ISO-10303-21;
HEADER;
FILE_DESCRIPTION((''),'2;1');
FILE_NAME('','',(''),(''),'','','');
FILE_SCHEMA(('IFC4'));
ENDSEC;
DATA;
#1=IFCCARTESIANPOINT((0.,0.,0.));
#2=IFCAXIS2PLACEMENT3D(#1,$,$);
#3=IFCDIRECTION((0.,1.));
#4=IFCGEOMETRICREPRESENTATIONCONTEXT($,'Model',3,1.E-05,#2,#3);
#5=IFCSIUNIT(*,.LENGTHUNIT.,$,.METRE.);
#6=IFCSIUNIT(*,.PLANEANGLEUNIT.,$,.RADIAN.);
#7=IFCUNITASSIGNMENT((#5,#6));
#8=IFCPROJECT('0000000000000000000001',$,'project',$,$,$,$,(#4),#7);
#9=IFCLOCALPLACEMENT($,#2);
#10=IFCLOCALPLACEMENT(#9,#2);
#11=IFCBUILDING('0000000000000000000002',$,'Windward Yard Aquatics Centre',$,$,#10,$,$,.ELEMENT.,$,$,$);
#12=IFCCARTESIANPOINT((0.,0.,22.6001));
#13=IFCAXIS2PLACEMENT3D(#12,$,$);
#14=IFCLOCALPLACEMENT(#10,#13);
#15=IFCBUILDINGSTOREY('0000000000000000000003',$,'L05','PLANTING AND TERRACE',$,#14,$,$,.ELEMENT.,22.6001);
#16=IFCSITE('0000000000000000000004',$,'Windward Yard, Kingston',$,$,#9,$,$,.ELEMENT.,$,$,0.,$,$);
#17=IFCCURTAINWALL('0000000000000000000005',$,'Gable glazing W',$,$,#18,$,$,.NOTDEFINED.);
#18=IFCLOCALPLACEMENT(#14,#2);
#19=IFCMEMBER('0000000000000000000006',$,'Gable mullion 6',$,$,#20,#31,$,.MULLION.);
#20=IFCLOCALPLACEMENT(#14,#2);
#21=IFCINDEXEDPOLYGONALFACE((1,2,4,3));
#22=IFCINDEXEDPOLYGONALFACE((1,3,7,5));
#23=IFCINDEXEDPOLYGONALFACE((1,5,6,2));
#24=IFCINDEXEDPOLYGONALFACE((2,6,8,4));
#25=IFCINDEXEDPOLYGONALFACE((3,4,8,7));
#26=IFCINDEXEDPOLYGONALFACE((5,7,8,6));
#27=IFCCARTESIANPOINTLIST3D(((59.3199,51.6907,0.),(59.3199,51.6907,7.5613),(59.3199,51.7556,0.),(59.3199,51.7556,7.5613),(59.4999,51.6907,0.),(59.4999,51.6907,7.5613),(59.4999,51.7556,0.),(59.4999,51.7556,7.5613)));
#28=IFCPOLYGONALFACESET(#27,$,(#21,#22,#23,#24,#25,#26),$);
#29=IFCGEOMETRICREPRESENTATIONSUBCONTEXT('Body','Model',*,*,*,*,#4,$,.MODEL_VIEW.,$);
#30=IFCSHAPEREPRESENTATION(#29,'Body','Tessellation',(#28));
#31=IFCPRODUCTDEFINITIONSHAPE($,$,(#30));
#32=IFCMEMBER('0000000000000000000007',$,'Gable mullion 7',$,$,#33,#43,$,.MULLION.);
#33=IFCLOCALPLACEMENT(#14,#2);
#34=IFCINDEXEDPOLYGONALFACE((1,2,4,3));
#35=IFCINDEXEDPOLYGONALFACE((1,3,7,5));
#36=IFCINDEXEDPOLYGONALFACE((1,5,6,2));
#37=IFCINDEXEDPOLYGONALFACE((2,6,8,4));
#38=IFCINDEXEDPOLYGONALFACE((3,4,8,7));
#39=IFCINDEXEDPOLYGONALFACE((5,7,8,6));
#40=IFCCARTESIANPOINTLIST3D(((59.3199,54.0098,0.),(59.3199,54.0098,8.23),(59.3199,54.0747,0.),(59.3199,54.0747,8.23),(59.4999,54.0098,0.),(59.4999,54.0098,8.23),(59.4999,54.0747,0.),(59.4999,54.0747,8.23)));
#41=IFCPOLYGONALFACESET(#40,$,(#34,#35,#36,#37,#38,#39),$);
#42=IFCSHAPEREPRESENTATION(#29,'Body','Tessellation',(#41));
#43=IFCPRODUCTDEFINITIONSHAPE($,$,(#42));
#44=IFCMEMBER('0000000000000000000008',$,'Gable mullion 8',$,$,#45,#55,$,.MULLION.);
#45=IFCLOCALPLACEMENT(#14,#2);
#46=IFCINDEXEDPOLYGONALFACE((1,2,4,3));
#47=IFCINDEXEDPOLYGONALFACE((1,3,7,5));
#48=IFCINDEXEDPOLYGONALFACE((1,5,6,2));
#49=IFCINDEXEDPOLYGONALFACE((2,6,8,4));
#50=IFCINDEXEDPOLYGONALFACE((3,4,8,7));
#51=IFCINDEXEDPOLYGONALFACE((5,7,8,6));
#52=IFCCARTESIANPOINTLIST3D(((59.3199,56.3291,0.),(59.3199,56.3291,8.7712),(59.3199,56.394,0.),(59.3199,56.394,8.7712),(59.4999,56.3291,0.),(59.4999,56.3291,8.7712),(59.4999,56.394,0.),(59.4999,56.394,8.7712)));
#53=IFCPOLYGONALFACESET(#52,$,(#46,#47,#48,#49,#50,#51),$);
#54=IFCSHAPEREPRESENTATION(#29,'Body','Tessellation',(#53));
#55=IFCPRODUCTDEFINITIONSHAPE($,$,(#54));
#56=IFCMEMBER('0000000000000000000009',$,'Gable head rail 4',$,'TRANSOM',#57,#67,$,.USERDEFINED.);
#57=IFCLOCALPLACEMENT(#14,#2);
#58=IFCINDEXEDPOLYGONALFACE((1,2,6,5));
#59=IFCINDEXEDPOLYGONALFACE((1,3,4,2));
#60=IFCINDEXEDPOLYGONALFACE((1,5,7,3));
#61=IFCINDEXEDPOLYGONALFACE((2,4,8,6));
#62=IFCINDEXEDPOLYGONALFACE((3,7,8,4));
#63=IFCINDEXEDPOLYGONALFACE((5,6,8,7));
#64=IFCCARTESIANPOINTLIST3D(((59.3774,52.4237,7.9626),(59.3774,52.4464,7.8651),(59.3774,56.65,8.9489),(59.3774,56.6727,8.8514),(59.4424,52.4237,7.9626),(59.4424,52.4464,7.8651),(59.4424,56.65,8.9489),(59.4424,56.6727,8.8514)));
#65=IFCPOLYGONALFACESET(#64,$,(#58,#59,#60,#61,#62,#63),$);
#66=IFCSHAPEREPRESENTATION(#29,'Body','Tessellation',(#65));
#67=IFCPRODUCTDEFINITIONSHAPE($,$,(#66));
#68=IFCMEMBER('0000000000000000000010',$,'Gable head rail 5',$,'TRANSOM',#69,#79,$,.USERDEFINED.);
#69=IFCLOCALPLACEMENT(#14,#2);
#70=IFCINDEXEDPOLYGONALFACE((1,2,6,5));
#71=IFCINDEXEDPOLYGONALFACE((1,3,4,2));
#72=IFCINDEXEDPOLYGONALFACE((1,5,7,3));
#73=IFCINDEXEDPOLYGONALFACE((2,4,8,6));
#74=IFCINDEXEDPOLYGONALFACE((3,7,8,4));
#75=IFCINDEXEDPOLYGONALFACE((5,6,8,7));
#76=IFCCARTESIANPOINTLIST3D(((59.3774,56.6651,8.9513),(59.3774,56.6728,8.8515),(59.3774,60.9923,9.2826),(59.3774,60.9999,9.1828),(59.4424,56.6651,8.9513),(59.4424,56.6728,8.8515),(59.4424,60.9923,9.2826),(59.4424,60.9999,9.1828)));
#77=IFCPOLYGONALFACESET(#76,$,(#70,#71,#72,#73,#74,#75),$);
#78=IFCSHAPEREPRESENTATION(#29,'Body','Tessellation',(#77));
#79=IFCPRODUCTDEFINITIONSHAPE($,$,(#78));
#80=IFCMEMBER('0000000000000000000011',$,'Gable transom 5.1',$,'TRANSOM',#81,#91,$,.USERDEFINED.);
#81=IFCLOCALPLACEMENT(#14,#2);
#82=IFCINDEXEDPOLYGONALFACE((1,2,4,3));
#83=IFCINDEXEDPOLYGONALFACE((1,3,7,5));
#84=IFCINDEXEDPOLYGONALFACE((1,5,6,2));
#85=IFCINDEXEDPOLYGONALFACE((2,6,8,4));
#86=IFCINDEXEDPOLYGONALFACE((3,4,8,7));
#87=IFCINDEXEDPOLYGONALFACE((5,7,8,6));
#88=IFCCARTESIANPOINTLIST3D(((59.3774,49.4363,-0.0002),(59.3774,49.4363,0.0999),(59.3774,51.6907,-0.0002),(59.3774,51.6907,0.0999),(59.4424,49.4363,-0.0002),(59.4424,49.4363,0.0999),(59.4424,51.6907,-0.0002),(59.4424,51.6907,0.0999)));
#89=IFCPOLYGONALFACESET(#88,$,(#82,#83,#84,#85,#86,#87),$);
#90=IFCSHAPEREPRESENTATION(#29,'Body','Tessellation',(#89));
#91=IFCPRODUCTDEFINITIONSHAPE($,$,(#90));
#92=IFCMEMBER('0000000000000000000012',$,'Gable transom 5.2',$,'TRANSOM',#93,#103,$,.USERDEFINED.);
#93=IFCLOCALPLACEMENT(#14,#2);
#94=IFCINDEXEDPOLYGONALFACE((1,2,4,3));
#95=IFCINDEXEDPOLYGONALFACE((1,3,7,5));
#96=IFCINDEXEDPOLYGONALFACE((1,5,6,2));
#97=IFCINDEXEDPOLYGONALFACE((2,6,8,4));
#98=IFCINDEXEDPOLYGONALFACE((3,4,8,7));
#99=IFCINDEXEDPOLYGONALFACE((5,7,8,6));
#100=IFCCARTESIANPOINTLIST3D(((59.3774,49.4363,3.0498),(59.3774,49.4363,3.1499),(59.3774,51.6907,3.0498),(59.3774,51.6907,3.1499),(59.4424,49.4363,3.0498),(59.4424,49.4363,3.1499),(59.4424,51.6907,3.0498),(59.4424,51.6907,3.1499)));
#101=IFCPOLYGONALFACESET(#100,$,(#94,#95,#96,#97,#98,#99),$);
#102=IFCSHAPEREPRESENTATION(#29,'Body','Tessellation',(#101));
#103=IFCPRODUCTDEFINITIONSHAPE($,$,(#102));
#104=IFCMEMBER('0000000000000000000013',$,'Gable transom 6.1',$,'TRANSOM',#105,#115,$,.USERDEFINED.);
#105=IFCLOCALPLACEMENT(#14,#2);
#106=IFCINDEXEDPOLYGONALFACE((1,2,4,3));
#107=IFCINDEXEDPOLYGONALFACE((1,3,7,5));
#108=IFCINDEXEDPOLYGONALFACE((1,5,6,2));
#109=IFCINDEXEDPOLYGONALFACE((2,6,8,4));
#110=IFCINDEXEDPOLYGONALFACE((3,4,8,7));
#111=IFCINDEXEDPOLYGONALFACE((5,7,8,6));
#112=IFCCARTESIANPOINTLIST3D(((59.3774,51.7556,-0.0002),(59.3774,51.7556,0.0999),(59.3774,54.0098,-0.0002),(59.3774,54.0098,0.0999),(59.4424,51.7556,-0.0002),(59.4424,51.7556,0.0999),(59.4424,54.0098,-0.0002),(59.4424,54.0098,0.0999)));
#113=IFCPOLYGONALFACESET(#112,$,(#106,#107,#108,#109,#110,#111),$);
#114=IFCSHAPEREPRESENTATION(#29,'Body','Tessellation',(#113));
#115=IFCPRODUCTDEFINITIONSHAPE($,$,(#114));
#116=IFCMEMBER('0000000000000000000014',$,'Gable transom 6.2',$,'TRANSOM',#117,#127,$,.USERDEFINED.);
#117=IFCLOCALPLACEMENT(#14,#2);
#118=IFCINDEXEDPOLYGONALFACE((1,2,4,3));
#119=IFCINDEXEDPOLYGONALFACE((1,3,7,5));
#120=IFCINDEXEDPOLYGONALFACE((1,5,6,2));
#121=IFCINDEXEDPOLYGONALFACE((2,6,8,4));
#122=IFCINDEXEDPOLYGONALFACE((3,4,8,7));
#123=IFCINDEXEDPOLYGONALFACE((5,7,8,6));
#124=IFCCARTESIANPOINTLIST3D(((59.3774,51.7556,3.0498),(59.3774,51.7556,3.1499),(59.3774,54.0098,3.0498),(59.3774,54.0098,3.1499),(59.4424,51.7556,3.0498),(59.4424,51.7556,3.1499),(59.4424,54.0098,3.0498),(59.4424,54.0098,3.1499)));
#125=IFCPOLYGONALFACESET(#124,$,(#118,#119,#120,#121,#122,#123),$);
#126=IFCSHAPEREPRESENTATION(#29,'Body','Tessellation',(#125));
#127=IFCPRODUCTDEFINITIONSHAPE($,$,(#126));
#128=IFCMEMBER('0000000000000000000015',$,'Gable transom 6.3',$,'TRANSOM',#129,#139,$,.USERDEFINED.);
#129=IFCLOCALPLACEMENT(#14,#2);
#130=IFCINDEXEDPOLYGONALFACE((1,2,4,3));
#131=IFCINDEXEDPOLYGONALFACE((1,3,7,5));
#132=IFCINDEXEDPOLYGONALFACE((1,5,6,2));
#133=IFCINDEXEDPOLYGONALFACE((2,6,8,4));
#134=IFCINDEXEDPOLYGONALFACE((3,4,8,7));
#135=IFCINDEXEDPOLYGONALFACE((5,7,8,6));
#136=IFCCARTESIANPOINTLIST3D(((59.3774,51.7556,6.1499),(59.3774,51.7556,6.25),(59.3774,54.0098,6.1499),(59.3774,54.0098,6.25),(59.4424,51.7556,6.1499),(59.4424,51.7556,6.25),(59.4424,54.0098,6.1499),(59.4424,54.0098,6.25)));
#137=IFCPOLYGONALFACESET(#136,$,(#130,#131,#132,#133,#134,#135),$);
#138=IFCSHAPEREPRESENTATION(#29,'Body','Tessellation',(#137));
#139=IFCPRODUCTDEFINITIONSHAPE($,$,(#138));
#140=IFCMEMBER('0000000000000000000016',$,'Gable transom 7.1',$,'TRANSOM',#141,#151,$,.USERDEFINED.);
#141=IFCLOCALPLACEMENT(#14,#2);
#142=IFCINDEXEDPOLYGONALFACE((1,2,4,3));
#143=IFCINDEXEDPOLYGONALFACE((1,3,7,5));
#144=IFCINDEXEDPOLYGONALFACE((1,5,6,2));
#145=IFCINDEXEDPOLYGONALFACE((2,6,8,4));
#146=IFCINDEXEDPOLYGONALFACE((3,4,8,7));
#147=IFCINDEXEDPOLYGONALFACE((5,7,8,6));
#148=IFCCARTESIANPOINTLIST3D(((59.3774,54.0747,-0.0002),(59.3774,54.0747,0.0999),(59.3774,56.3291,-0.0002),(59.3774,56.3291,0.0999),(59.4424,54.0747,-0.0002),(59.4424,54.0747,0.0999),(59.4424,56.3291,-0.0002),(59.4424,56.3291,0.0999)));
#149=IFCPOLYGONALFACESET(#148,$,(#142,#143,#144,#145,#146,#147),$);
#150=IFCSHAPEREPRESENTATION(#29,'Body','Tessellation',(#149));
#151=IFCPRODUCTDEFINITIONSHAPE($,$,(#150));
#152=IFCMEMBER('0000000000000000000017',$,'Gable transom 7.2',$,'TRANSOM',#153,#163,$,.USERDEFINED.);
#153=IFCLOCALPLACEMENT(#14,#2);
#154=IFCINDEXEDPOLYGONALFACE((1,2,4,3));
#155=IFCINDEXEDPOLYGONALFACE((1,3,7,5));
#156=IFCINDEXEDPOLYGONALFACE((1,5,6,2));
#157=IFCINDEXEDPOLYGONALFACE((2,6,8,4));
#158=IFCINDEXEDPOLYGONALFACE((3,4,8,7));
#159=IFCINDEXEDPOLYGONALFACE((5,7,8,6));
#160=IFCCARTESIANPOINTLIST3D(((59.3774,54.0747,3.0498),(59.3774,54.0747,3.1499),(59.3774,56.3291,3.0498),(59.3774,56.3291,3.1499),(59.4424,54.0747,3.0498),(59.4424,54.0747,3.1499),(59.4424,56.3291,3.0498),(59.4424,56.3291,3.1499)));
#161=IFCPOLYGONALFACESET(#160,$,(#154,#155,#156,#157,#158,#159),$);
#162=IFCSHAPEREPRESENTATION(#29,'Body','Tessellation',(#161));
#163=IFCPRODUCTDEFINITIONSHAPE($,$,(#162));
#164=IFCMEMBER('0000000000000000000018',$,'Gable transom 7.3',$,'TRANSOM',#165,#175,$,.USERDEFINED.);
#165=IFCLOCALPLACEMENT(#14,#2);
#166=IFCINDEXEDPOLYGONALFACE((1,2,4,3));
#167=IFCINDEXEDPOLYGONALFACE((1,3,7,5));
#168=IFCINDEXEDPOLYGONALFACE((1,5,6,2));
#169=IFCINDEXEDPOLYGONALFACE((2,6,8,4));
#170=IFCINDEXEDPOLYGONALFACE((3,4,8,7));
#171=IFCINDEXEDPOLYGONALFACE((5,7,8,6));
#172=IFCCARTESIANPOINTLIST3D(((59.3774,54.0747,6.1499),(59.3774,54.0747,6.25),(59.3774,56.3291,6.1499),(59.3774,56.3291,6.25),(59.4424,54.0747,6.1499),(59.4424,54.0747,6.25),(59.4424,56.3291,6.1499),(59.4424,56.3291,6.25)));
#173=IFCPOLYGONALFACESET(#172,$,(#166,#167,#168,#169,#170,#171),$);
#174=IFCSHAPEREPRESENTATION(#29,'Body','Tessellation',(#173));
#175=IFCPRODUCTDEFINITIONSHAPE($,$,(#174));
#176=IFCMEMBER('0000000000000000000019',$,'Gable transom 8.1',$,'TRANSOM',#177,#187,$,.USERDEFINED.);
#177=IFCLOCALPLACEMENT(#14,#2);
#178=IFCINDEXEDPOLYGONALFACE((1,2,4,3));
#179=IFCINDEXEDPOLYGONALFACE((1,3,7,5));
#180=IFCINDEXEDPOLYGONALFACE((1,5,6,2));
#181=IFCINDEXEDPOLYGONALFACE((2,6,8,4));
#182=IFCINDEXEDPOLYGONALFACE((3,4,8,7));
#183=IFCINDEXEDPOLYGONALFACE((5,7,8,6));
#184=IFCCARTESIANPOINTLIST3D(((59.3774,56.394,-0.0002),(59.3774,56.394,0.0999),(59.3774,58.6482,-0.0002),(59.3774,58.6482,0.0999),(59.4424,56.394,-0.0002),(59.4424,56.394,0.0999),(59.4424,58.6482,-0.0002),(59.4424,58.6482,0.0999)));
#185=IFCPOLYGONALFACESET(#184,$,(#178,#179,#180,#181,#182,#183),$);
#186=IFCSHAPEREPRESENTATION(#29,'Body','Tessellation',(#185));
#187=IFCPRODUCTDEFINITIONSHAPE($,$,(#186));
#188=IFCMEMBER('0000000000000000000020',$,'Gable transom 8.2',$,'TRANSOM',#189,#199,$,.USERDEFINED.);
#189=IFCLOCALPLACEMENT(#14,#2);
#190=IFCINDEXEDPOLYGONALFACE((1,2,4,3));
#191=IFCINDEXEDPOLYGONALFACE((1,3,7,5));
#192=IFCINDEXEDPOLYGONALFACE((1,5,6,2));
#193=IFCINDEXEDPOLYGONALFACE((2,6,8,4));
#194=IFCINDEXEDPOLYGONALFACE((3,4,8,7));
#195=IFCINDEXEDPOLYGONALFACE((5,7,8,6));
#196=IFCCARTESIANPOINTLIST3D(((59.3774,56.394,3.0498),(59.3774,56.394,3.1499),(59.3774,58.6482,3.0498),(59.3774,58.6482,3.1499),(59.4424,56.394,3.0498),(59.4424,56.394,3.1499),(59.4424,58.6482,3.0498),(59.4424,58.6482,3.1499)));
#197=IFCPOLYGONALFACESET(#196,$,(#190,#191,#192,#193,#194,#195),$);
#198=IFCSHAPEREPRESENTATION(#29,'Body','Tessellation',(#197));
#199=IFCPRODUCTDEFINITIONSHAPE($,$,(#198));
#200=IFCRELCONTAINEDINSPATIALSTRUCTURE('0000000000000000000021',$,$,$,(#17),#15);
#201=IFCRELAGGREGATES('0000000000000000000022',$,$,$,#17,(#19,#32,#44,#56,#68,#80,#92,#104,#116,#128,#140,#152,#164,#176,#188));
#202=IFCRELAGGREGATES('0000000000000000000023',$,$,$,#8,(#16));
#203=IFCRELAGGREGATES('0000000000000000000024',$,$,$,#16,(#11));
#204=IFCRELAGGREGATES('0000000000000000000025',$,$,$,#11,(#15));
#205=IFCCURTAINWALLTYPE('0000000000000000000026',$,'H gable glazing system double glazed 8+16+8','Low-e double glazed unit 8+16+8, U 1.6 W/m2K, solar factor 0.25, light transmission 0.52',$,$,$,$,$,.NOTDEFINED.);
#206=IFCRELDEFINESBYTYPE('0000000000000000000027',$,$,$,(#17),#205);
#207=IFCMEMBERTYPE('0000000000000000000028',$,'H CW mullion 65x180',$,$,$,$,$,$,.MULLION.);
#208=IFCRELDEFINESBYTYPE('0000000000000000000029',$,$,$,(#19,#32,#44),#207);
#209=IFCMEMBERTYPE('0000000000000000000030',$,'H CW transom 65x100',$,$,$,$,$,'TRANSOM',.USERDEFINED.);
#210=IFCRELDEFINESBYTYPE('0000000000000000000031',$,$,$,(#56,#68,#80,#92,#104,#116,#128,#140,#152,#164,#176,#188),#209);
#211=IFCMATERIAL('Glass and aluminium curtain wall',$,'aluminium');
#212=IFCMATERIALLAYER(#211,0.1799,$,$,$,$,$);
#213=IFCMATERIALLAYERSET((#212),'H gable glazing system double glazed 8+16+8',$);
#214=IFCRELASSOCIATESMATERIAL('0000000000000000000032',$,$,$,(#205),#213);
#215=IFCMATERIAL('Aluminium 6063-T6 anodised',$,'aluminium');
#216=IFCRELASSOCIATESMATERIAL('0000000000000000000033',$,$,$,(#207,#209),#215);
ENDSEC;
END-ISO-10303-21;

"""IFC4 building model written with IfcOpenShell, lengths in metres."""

from ifc_helpers import new_model, si_unit, direction, frame, origin, origin_2d, place, context, subcontext, project, spatial, rectangle, extrude, material, layer, layer_set, material_profile, profile_set, type_object, element, aggregate, save


model = new_model("IFC4")

# Units and contexts
model_context = context("Model", 3, precision=1e-05, world=origin(), true_north=direction((0.0, 1.0)))
body_context = subcontext(model_context, "Body", "Model", "MODEL_VIEW")
ifc_project = project(units=[si_unit("LENGTHUNIT", "METRE"), si_unit("PLANEANGLEUNIT", "RADIAN")], contexts=[model_context])

# Site, building, storey
site_placement = place(None, origin())
site = spatial("IfcSite", under=ifc_project, at=site_placement, Name="Windward Yard, Kingston", CompositionType="ELEMENT", RefElevation=0.0)
building_placement = place(site_placement, origin())
building = spatial("IfcBuilding", under=site, at=building_placement, Name="Windward Yard Aquatics Centre", CompositionType="ELEMENT")
storey_placement = place(building_placement, frame((0.0, 0.0, 22.6001)))
storey = spatial("IfcBuildingStorey", under=building, at=storey_placement, Name="L05", Description="PLANTING AND TERRACE", CompositionType="ELEMENT", Elevation=22.6001)

# Curtain wall, members
ifc_material_1 = material(Name="Glass and aluminium curtain wall", Category="aluminium")
ifc_layer_1 = layer(ifc_material_1, 0.1799)
ifc_layer_set_1 = layer_set([ifc_layer_1], Name="H gable glazing system double glazed 8+16+8")
curtain_wall_type = type_object("IfcCurtainWallType", Name="H gable glazing system double glazed 8+16+8", Description="Low-e double glazed unit 8+16+8, U 1.6 W/m2K, solar factor 0.25, light transmission 0.52", PredefinedType="NOTDEFINED", material=ifc_layer_set_1)
curtain_wall_placement = place(storey_placement, origin())
curtain_wall = element("IfcCurtainWall", 1, at=curtain_wall_placement, inside=storey, type_object=curtain_wall_type, Name="Gable glazing W", PredefinedType="NOTDEFINED")
ifc_material_2 = material(Name="Aluminium 6063-T6 anodised", Category="aluminium")
ifc_material_profile_1 = material_profile(ifc_material_2, rectangle(XDim=0.0649, YDim=0.1799, at=origin_2d()), Name="H CW mullion 65x180")
ifc_profile_set_1 = profile_set([ifc_material_profile_1], Name="Aluminium 6063-T6 anodised")
member_type_1 = type_object("IfcMemberType", Name="H CW mullion 65x180", PredefinedType="MULLION", material=ifc_profile_set_1)
member_1_placement = place(storey_placement, frame((59.4099, 51.7231, 0.0), z_axis=(0.0, 0.0, 1.0), x_axis=(0.0, 1.0, 0.0)))
member_1 = element("IfcMember", 2, at=member_1_placement, type_object=member_type_1, Name="Gable mullion 6", PredefinedType="MULLION", context=body_context, shape_type="SweptSolid", body=[
    extrude(rectangle(XDim=0.0649, YDim=0.1799, at=origin_2d()), origin(), (0.0, 0.0, 1.0), 7.5613),
])
member_2_placement = place(storey_placement, frame((59.4099, 54.0422, 0.0), z_axis=(0.0, 0.0, 1.0), x_axis=(0.0, 1.0, 0.0)))
member_2 = element("IfcMember", 3, at=member_2_placement, type_object=member_type_1, Name="Gable mullion 7", PredefinedType="MULLION", context=body_context, shape_type="SweptSolid", body=[
    extrude(rectangle(XDim=0.0649, YDim=0.1799, at=origin_2d()), origin(), (0.0, 0.0, 1.0), 8.23),
])
member_3_placement = place(storey_placement, frame((59.4099, 56.3616, 0.0), z_axis=(0.0, 0.0, 1.0), x_axis=(0.0, 1.0, 0.0)))
member_3 = element("IfcMember", 4, at=member_3_placement, type_object=member_type_1, Name="Gable mullion 8", PredefinedType="MULLION", context=body_context, shape_type="SweptSolid", body=[
    extrude(rectangle(XDim=0.0649, YDim=0.1799, at=origin_2d()), origin(), (0.0, 0.0, 1.0), 8.7712),
])
ifc_material_profile_2 = material_profile(ifc_material_2, rectangle(XDim=0.0649, YDim=0.1001, at=origin_2d()), Name="H CW transom 65x100")
ifc_profile_set_2 = profile_set([ifc_material_profile_2], Name="Aluminium 6063-T6 anodised")
member_type_2 = type_object("IfcMemberType", Name="H CW transom 65x100", ElementType="TRANSOM", PredefinedType="USERDEFINED", material=ifc_profile_set_2)
member_4_placement = place(storey_placement, frame((59.4099, 52.4351, 7.9138), z_axis=(0.0, 0.973832, 0.227271), x_axis=(-1.0, 0.0, 0.0)))
member_4 = element("IfcMember", 5, at=member_4_placement, type_object=member_type_2, Name="Gable head rail 4", ObjectType="TRANSOM", PredefinedType="USERDEFINED", context=body_context, shape_type="SweptSolid", body=[
    extrude(rectangle(XDim=0.0649, YDim=0.1001, at=origin_2d()), origin(), (0.0, 0.0, 1.0), 4.3398),
])
member_5_placement = place(storey_placement, frame((59.4099, 56.6689, 8.9014), z_axis=(0.0, 0.997082, 0.076339), x_axis=(-1.0, 0.0, 0.0)))
member_5 = element("IfcMember", 6, at=member_5_placement, type_object=member_type_2, Name="Gable head rail 5", ObjectType="TRANSOM", PredefinedType="USERDEFINED", context=body_context, shape_type="SweptSolid", body=[
    extrude(rectangle(XDim=0.0649, YDim=0.1001, at=origin_2d()), origin(), (0.0, 0.0, 1.0), 4.3398),
])
member_6_placement = place(storey_placement, frame((59.4099, 49.4363, 0.0498), z_axis=(0.0, 1.0, 0.0), x_axis=(-1.0, 0.0, 0.0)))
member_6 = element("IfcMember", 7, at=member_6_placement, type_object=member_type_2, Name="Gable transom 5.1", ObjectType="TRANSOM", PredefinedType="USERDEFINED", context=body_context, shape_type="SweptSolid", body=[
    extrude(rectangle(XDim=0.0649, YDim=0.1001, at=origin_2d()), origin(), (0.0, 0.0, 1.0), 2.2544),
])
member_7_placement = place(storey_placement, frame((59.4099, 49.4363, 3.0999), z_axis=(0.0, 1.0, 0.0), x_axis=(-1.0, 0.0, 0.0)))
member_7 = element("IfcMember", 8, at=member_7_placement, type_object=member_type_2, Name="Gable transom 5.2", ObjectType="TRANSOM", PredefinedType="USERDEFINED", context=body_context, shape_type="SweptSolid", body=[
    extrude(rectangle(XDim=0.0649, YDim=0.1001, at=origin_2d()), origin(), (0.0, 0.0, 1.0), 2.2544),
])
member_8_placement = place(storey_placement, frame((59.4099, 51.7556, 0.0498), z_axis=(0.0, 1.0, 0.0), x_axis=(-1.0, 0.0, 0.0)))
member_8 = element("IfcMember", 9, at=member_8_placement, type_object=member_type_2, Name="Gable transom 6.1", ObjectType="TRANSOM", PredefinedType="USERDEFINED", context=body_context, shape_type="SweptSolid", body=[
    extrude(rectangle(XDim=0.0649, YDim=0.1001, at=origin_2d()), origin(), (0.0, 0.0, 1.0), 2.2542),
])
member_9_placement = place(storey_placement, frame((59.4099, 51.7556, 3.0999), z_axis=(0.0, 1.0, 0.0), x_axis=(-1.0, 0.0, 0.0)))
member_9 = element("IfcMember", 10, at=member_9_placement, type_object=member_type_2, Name="Gable transom 6.2", ObjectType="TRANSOM", PredefinedType="USERDEFINED", context=body_context, shape_type="SweptSolid", body=[
    extrude(rectangle(XDim=0.0649, YDim=0.1001, at=origin_2d()), origin(), (0.0, 0.0, 1.0), 2.2542),
])
member_10_placement = place(storey_placement, frame((59.4099, 51.7556, 6.2), z_axis=(0.0, 1.0, 0.0), x_axis=(-1.0, 0.0, 0.0)))
member_10 = element("IfcMember", 11, at=member_10_placement, type_object=member_type_2, Name="Gable transom 6.3", ObjectType="TRANSOM", PredefinedType="USERDEFINED", context=body_context, shape_type="SweptSolid", body=[
    extrude(rectangle(XDim=0.0649, YDim=0.1001, at=origin_2d()), origin(), (0.0, 0.0, 1.0), 2.2542),
])
member_11_placement = place(storey_placement, frame((59.4099, 54.0747, 0.0498), z_axis=(0.0, 1.0, 0.0), x_axis=(-1.0, 0.0, 0.0)))
member_11 = element("IfcMember", 12, at=member_11_placement, type_object=member_type_2, Name="Gable transom 7.1", ObjectType="TRANSOM", PredefinedType="USERDEFINED", context=body_context, shape_type="SweptSolid", body=[
    extrude(rectangle(XDim=0.0649, YDim=0.1001, at=origin_2d()), origin(), (0.0, 0.0, 1.0), 2.2544),
])
member_12_placement = place(storey_placement, frame((59.4099, 54.0747, 3.0999), z_axis=(0.0, 1.0, 0.0), x_axis=(-1.0, 0.0, 0.0)))
member_12 = element("IfcMember", 13, at=member_12_placement, type_object=member_type_2, Name="Gable transom 7.2", ObjectType="TRANSOM", PredefinedType="USERDEFINED", context=body_context, shape_type="SweptSolid", body=[
    extrude(rectangle(XDim=0.0649, YDim=0.1001, at=origin_2d()), origin(), (0.0, 0.0, 1.0), 2.2544),
])
member_13_placement = place(storey_placement, frame((59.4099, 54.0747, 6.2), z_axis=(0.0, 1.0, 0.0), x_axis=(-1.0, 0.0, 0.0)))
member_13 = element("IfcMember", 14, at=member_13_placement, type_object=member_type_2, Name="Gable transom 7.3", ObjectType="TRANSOM", PredefinedType="USERDEFINED", context=body_context, shape_type="SweptSolid", body=[
    extrude(rectangle(XDim=0.0649, YDim=0.1001, at=origin_2d()), origin(), (0.0, 0.0, 1.0), 2.2544),
])
member_14_placement = place(storey_placement, frame((59.4099, 56.394, 0.0498), z_axis=(0.0, 1.0, 0.0), x_axis=(-1.0, 0.0, 0.0)))
member_14 = element("IfcMember", 15, at=member_14_placement, type_object=member_type_2, Name="Gable transom 8.1", ObjectType="TRANSOM", PredefinedType="USERDEFINED", context=body_context, shape_type="SweptSolid", body=[
    extrude(rectangle(XDim=0.0649, YDim=0.1001, at=origin_2d()), origin(), (0.0, 0.0, 1.0), 2.2542),
])
member_15_placement = place(storey_placement, frame((59.4099, 56.394, 3.0999), z_axis=(0.0, 1.0, 0.0), x_axis=(-1.0, 0.0, 0.0)))
member_15 = element("IfcMember", 16, at=member_15_placement, type_object=member_type_2, Name="Gable transom 8.2", ObjectType="TRANSOM", PredefinedType="USERDEFINED", context=body_context, shape_type="SweptSolid", body=[
    extrude(rectangle(XDim=0.0649, YDim=0.1001, at=origin_2d()), origin(), (0.0, 0.0, 1.0), 2.2542),
])
aggregate(curtain_wall, [member_1, member_2, member_3, member_4, member_5, member_6, member_7, member_8, member_9, member_10, member_11, member_12, member_13, member_14, member_15])

save(model, "model.ifc")
